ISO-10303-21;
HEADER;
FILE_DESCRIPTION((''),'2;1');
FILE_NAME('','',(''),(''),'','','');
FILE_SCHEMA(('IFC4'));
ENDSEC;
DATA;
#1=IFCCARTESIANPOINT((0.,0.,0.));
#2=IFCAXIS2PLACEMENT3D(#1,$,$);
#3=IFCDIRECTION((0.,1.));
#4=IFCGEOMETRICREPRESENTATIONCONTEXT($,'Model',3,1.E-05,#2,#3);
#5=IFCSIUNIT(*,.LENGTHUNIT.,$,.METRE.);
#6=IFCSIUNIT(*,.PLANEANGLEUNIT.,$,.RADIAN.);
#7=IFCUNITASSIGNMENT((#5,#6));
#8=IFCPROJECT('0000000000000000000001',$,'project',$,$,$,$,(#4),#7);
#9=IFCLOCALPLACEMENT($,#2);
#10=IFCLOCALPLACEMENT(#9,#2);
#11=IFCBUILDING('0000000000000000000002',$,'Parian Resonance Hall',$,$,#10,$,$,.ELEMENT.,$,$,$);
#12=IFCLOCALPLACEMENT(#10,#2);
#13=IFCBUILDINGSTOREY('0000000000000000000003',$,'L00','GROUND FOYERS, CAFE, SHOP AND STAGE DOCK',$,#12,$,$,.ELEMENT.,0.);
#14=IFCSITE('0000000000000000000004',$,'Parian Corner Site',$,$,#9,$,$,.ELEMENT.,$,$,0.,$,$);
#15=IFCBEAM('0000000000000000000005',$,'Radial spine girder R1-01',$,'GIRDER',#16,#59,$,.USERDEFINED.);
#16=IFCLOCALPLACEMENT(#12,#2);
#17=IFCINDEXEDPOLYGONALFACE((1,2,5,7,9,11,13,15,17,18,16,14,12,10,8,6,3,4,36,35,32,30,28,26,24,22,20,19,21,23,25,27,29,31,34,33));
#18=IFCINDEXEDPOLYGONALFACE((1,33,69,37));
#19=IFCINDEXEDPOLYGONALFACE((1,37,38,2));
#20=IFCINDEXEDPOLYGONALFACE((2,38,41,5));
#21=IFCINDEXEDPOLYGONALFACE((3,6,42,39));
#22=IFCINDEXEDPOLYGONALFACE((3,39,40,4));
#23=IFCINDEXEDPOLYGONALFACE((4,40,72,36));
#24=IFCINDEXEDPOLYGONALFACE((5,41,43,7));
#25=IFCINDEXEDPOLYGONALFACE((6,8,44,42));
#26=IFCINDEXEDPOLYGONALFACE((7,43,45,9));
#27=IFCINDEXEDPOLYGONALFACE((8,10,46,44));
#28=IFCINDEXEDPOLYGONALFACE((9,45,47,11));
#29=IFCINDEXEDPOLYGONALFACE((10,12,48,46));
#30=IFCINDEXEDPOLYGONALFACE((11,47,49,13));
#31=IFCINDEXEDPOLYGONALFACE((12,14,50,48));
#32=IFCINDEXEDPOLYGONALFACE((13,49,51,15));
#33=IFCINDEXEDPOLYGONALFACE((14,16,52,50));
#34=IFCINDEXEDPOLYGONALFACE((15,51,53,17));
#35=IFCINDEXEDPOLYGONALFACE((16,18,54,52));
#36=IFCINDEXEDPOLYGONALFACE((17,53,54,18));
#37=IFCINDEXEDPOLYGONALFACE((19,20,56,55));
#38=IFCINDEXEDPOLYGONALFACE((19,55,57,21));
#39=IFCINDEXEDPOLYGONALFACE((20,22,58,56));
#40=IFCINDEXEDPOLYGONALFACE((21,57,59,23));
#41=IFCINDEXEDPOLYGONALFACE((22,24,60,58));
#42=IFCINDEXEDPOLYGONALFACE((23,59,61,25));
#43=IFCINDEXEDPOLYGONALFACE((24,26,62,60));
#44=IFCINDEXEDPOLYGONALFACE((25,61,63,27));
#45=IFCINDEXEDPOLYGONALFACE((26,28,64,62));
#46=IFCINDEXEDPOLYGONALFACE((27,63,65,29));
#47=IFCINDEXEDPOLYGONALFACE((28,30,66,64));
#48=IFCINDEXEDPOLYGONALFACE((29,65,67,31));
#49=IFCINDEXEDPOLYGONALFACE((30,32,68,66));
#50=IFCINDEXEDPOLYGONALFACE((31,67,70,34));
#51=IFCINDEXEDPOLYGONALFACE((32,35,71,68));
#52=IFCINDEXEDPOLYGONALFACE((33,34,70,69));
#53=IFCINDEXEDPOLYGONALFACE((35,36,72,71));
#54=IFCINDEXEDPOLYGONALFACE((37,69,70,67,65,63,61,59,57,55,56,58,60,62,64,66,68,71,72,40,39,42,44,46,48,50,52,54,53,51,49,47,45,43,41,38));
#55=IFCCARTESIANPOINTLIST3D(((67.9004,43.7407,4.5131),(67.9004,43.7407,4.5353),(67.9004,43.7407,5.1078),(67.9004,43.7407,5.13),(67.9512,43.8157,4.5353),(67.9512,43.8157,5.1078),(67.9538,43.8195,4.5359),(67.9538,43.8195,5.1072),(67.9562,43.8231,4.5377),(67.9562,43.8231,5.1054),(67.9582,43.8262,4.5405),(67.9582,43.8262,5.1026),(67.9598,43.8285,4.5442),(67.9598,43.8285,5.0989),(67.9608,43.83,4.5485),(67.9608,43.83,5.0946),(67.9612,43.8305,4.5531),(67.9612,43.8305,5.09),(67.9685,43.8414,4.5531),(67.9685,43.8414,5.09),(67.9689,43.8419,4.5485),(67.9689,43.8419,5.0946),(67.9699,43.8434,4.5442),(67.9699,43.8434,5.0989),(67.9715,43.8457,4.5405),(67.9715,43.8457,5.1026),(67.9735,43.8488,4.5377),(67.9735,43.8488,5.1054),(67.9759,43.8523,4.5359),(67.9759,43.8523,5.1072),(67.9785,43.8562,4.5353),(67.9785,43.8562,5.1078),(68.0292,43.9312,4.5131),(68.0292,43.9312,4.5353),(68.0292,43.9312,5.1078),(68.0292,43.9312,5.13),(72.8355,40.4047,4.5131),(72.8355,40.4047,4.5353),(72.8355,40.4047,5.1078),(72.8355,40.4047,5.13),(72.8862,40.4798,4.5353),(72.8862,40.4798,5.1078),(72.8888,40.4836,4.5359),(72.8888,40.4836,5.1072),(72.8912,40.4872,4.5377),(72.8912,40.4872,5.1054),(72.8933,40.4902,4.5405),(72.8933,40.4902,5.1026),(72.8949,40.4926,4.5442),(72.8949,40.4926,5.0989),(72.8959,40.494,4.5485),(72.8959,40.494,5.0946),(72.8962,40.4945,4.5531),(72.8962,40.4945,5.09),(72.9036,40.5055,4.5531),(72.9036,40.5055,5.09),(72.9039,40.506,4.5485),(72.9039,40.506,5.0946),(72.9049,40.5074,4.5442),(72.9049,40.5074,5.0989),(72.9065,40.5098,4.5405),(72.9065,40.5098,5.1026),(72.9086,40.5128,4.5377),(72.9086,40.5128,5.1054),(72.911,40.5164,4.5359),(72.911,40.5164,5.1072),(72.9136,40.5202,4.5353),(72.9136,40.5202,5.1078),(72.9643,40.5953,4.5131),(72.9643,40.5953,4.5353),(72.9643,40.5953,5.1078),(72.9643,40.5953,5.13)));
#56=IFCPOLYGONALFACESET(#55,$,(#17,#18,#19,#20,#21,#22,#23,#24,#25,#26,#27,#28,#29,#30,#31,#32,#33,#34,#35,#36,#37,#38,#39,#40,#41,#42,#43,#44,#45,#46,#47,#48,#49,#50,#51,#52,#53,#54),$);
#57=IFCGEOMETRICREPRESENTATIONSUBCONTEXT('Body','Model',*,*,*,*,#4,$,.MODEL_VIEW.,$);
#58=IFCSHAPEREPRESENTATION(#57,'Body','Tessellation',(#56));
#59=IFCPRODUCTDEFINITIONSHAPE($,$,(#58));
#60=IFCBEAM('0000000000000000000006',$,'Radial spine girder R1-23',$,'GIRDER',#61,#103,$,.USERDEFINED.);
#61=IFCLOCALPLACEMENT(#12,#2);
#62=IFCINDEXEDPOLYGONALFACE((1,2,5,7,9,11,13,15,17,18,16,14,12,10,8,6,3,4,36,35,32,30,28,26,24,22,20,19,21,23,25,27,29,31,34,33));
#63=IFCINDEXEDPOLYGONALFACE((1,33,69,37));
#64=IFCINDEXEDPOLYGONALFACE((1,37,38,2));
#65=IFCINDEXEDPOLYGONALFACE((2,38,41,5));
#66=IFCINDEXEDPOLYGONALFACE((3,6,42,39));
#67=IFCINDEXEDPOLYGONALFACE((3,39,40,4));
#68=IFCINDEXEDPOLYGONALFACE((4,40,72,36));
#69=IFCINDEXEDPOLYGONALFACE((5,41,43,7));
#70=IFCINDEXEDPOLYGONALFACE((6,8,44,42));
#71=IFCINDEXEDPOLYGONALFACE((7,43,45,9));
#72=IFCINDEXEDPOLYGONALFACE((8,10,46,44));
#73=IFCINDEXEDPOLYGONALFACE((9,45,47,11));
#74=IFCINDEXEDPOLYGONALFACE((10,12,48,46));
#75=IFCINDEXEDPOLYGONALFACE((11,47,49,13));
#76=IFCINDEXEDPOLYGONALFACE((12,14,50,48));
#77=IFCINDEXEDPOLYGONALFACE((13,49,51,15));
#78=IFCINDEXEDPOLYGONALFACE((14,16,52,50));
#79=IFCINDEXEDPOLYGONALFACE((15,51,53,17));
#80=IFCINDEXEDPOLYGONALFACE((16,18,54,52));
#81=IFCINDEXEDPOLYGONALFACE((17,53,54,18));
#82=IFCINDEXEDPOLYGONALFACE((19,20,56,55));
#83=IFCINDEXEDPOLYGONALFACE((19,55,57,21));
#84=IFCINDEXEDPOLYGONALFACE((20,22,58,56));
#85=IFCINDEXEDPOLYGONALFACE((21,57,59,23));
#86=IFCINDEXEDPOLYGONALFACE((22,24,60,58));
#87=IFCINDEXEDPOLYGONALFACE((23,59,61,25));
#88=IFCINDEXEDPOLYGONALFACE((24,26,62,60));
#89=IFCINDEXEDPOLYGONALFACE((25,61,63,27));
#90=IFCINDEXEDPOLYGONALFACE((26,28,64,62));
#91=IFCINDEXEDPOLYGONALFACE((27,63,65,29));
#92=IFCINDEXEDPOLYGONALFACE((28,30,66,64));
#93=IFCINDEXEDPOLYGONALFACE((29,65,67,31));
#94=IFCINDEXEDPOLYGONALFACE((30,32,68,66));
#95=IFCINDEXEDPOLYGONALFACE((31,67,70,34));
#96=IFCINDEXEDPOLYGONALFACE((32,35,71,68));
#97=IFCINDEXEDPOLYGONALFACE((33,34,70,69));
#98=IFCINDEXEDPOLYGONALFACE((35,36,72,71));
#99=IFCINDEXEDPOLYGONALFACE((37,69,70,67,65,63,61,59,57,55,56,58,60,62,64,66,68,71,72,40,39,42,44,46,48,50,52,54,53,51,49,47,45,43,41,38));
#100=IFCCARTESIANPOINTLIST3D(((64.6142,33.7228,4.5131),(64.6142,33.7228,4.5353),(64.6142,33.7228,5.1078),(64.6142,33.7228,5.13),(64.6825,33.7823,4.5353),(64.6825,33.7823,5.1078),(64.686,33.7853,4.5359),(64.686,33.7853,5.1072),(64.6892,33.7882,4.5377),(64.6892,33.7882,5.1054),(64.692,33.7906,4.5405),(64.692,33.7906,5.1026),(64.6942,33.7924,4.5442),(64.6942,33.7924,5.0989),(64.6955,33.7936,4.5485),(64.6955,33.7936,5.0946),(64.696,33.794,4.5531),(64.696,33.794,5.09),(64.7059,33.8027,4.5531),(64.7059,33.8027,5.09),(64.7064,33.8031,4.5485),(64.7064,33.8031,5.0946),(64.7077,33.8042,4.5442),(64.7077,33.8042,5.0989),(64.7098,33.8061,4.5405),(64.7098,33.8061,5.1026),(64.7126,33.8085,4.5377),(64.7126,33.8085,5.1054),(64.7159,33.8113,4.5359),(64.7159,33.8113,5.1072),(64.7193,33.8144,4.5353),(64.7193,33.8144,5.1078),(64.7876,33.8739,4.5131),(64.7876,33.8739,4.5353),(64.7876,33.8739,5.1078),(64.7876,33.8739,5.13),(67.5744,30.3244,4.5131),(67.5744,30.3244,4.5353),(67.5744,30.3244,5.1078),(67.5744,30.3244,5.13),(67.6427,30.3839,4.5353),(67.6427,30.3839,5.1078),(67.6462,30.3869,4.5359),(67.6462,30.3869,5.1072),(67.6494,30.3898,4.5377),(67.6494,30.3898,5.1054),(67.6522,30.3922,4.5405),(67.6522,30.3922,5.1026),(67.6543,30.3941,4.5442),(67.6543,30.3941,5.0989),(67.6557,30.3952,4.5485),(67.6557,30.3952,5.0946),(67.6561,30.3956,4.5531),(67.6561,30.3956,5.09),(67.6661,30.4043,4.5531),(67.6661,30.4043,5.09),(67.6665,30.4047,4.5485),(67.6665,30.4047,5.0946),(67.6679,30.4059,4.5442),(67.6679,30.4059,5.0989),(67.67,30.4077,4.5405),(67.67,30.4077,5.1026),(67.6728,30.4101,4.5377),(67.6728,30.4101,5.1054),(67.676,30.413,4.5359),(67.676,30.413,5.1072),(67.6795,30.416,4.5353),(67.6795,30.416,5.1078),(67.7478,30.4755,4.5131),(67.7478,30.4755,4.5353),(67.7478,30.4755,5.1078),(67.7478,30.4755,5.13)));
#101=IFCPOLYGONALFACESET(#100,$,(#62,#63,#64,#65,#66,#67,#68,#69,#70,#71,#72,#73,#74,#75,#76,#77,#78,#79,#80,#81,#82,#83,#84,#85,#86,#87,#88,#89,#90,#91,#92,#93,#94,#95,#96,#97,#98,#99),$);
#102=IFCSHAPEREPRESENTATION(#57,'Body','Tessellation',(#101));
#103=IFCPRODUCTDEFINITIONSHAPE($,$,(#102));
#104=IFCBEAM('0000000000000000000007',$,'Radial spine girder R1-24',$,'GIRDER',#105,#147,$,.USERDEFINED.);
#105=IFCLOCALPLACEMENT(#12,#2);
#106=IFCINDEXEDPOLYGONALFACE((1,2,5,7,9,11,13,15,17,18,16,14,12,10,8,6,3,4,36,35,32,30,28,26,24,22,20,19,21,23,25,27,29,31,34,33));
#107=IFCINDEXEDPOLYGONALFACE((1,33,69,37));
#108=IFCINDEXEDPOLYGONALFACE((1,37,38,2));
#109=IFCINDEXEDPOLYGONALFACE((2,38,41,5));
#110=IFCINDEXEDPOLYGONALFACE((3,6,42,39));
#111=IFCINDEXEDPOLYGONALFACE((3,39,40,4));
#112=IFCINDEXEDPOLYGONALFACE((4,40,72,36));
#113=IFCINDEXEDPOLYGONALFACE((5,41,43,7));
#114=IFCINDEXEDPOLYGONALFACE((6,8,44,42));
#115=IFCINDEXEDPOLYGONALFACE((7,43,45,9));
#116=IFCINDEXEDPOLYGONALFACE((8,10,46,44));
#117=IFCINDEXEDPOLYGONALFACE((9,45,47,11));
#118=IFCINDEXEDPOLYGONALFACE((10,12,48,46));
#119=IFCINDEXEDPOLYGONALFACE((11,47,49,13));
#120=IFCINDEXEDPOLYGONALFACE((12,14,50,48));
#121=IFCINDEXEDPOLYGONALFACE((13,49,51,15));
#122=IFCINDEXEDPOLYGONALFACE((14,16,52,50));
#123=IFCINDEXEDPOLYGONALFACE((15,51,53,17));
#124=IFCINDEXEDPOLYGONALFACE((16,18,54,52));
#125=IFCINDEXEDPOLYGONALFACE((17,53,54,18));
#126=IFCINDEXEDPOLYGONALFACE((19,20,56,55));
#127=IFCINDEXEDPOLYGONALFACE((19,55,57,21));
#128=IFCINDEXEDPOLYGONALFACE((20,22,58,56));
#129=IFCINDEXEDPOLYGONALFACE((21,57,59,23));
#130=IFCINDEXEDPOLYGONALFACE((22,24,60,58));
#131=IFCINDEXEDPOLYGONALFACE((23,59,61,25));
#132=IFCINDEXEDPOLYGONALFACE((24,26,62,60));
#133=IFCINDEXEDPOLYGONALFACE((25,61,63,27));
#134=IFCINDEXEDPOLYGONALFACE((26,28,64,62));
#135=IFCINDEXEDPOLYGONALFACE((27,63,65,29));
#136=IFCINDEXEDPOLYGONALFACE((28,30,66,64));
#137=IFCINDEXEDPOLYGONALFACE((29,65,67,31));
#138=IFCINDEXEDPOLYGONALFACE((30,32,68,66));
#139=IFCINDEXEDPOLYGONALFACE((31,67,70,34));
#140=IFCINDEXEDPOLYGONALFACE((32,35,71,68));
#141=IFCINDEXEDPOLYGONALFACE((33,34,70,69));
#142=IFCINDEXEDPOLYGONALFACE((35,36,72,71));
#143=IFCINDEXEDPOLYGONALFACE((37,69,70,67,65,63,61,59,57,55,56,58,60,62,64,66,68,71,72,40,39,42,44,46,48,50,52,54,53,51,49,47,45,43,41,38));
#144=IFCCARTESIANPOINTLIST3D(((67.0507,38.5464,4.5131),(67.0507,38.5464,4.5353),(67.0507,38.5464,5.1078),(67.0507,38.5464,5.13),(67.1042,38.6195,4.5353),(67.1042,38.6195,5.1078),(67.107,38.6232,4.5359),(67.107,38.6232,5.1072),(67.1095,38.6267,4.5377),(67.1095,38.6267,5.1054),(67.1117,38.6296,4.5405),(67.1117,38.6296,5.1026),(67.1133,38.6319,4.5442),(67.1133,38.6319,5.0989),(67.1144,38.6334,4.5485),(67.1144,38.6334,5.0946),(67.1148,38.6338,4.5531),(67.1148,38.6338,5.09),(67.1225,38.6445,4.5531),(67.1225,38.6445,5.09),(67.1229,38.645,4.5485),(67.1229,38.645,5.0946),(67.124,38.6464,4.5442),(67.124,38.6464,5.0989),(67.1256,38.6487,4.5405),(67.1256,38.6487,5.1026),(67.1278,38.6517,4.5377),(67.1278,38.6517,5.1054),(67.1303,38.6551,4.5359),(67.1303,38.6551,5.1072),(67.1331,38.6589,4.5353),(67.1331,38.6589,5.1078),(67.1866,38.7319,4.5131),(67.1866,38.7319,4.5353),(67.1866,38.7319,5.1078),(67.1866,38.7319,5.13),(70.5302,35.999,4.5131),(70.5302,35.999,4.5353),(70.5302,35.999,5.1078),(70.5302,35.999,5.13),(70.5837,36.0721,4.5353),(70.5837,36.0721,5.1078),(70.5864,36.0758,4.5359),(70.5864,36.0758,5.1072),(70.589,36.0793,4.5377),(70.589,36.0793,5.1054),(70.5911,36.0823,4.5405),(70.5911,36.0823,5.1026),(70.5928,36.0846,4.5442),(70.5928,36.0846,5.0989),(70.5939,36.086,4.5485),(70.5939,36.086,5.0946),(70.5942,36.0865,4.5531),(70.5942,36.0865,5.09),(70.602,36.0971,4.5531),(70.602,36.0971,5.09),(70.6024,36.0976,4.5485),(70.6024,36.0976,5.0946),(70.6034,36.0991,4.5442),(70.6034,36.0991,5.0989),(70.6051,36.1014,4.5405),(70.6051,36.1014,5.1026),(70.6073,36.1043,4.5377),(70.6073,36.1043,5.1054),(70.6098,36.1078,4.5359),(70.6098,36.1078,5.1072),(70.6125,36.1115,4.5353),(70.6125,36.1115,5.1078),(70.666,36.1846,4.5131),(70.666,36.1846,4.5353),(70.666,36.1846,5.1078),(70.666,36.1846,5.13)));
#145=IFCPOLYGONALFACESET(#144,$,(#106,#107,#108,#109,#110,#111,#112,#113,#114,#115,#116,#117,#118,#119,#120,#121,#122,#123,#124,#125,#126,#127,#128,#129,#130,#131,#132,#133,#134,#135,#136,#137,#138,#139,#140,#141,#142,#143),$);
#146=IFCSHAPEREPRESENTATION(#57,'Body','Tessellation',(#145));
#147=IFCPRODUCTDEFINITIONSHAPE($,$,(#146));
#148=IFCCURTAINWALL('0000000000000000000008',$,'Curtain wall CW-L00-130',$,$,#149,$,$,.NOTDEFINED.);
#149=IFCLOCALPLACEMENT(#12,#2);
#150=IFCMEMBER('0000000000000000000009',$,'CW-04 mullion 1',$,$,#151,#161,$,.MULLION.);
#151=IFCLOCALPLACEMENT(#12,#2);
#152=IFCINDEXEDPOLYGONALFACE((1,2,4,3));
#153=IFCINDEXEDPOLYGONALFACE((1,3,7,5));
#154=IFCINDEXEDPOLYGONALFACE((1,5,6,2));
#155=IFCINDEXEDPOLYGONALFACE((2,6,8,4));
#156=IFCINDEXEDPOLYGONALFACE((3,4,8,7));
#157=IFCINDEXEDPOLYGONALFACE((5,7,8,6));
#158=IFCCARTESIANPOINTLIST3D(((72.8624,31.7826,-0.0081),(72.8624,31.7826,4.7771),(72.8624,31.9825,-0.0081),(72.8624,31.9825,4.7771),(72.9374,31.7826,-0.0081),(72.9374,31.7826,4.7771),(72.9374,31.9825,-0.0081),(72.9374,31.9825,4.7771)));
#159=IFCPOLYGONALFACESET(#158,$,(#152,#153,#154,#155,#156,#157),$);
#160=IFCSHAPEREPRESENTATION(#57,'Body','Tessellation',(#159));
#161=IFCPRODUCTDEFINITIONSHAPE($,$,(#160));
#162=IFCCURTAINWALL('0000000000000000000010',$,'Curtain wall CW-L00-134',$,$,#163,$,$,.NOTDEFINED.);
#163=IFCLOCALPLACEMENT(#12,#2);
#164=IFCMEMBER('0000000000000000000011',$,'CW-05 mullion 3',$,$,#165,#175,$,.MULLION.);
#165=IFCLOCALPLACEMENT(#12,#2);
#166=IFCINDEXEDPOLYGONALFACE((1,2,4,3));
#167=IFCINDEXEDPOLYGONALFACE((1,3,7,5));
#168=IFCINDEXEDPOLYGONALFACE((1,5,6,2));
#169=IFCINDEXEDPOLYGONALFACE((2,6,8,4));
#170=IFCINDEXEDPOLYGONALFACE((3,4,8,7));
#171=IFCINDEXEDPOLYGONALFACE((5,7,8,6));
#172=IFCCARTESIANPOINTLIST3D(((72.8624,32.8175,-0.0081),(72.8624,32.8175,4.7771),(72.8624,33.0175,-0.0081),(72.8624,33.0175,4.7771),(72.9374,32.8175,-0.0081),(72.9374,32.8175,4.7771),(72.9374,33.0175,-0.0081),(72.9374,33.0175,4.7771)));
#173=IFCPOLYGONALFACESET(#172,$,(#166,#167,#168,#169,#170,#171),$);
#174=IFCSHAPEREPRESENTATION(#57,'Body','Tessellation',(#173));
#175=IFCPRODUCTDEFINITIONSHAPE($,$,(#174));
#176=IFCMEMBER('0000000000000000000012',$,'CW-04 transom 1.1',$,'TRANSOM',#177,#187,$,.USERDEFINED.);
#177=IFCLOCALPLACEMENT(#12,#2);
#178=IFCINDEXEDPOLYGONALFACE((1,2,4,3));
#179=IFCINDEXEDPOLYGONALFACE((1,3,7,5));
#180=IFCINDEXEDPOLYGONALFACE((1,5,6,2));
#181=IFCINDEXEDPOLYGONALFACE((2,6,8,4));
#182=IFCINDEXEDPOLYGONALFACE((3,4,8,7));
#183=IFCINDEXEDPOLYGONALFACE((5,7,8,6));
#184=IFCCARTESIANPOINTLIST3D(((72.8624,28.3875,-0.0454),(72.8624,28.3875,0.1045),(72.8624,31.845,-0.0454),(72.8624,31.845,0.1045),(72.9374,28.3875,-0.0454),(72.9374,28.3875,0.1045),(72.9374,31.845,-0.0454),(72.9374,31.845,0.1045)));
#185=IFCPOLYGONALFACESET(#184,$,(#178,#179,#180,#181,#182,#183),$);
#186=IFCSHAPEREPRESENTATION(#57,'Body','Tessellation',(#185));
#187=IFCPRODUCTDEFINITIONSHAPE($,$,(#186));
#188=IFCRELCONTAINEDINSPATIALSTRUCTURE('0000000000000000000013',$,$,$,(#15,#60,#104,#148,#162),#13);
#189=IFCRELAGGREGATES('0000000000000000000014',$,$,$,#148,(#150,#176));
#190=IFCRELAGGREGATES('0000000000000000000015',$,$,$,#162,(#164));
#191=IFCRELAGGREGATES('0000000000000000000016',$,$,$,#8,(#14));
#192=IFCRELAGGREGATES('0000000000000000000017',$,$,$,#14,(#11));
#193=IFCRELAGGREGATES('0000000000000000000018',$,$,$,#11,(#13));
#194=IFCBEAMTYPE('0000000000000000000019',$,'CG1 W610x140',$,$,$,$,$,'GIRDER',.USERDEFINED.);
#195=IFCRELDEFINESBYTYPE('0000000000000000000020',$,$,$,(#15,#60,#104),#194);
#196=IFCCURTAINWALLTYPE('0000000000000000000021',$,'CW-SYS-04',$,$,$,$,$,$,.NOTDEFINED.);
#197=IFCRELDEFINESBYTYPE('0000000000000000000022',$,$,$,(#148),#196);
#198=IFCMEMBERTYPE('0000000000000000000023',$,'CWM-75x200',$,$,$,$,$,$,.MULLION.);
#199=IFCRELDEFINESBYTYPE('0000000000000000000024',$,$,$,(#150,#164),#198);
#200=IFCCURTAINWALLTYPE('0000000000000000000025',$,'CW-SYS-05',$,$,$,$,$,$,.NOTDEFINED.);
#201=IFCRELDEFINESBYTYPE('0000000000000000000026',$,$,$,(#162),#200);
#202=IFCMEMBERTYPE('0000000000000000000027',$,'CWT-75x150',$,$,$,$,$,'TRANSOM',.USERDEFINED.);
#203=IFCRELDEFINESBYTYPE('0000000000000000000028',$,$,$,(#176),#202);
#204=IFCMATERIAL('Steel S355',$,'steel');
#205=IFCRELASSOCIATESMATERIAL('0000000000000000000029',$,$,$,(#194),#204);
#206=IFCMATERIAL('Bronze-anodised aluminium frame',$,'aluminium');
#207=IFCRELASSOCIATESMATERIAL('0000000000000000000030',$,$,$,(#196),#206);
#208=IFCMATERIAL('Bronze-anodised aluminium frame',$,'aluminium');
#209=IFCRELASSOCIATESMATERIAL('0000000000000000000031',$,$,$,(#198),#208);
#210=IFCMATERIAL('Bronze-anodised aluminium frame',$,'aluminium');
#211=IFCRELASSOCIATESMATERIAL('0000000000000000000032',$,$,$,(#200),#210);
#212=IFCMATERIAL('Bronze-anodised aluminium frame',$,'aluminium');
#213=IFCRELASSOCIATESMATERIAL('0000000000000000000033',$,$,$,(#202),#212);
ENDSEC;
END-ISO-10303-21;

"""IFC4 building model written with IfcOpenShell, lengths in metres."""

from ifc_helpers import new_model, si_unit, direction, frame, origin, origin_2d, place, context, subcontext, project, spatial, rectangle, i_section, extrude, material, material_profile, profile_set, type_object, element, aggregate, save


model = new_model("IFC4")

# Units and contexts
model_context = context("Model", 3, precision=1e-05, world=origin(), true_north=direction((0.0, 1.0)))
body_context = subcontext(model_context, "Body", "Model", "MODEL_VIEW")
ifc_project = project(units=[si_unit("LENGTHUNIT", "METRE"), si_unit("PLANEANGLEUNIT", "RADIAN")], contexts=[model_context])

# Site, building, storey
site_placement = place(None, origin())
site = spatial("IfcSite", under=ifc_project, at=site_placement, Name="Parian Corner Site", CompositionType="ELEMENT", RefElevation=0.0)
building_placement = place(site_placement, origin())
building = spatial("IfcBuilding", under=site, at=building_placement, Name="Parian Resonance Hall", CompositionType="ELEMENT")
storey_placement = place(building_placement, origin())
storey = spatial("IfcBuildingStorey", under=building, at=storey_placement, Name="L00", Description="GROUND FOYERS, CAFE, SHOP AND STAGE DOCK", CompositionType="ELEMENT", Elevation=0.0)

# Beams
ifc_material_1 = material(Name="Steel S355", Category="steel")
ifc_material_profile_1 = material_profile(ifc_material_1, i_section(OverallWidth=0.23, OverallDepth=0.6169, WebThickness=0.0132, FlangeThickness=0.0222, FilletRadius=0.0178, at=origin_2d()), Name="W610x140")
ifc_profile_set_1 = profile_set([ifc_material_profile_1], Name="Steel S355")
beam_type_1 = type_object("IfcBeamType", Name="CG1 W610x140", ElementType="GIRDER", PredefinedType="USERDEFINED", material=ifc_profile_set_1)
beam_1_placement = place(storey_placement, frame((67.9648, 43.8359, 4.8215), z_axis=(0.828477, -0.560023, 0.0), x_axis=(0.560023, 0.828477, 0.0)))
element("IfcBeam", 1, at=beam_1_placement, inside=storey, type_object=beam_type_1, Name="Radial spine girder R1-01", ObjectType="GIRDER", PredefinedType="USERDEFINED", context=body_context, shape_type="SweptSolid", body=[
    extrude(i_section(OverallWidth=0.23, OverallDepth=0.6169, WebThickness=0.0132, FlangeThickness=0.0222, FilletRadius=0.0178, at=origin_2d()), origin(), (0.0, 0.0, 1.0), 5.9568),
])
beam_2_placement = place(storey_placement, frame((64.7009, 33.7983, 4.8215), z_axis=(0.656816, -0.754051, 0.0), x_axis=(0.754051, 0.656816, 0.0)))
element("IfcBeam", 2, at=beam_2_placement, inside=storey, type_object=beam_type_1, Name="Radial spine girder R1-23", ObjectType="GIRDER", PredefinedType="USERDEFINED", context=body_context, shape_type="SweptSolid", body=[
    extrude(i_section(OverallWidth=0.23, OverallDepth=0.6169, WebThickness=0.0132, FlangeThickness=0.0222, FilletRadius=0.0178, at=origin_2d()), origin(), (0.0, 0.0, 1.0), 4.5068),
])
beam_3_placement = place(storey_placement, frame((67.1187, 38.6392, 4.8215), z_axis=(0.806876, -0.59072, 0.0), x_axis=(0.59072, 0.806876, 0.0)))
element("IfcBeam", 3, at=beam_3_placement, inside=storey, type_object=beam_type_1, Name="Radial spine girder R1-24", ObjectType="GIRDER", PredefinedType="USERDEFINED", context=body_context, shape_type="SweptSolid", body=[
    extrude(i_section(OverallWidth=0.23, OverallDepth=0.6169, WebThickness=0.0132, FlangeThickness=0.0222, FilletRadius=0.0178, at=origin_2d()), origin(), (0.0, 0.0, 1.0), 4.3123),
])

# Curtain walls, members
ifc_material_2 = material(Name="Bronze-anodised aluminium frame", Category="aluminium")
curtain_wall_type_1 = type_object("IfcCurtainWallType", Name="CW-SYS-04", PredefinedType="NOTDEFINED", material=ifc_material_2)
curtain_wall_1_placement = place(storey_placement, origin())
curtain_wall_1 = element("IfcCurtainWall", 4, at=curtain_wall_1_placement, inside=storey, type_object=curtain_wall_type_1, Name="Curtain wall CW-L00-130", PredefinedType="NOTDEFINED")
ifc_material_3 = material(Name="Bronze-anodised aluminium frame", Category="aluminium")
ifc_material_profile_2 = material_profile(ifc_material_3, rectangle(XDim=0.075, YDim=0.2, at=origin_2d()), Name="CWM-75x200")
ifc_profile_set_2 = profile_set([ifc_material_profile_2], Name="Bronze-anodised aluminium frame")
member_type_1 = type_object("IfcMemberType", Name="CWM-75x200", PredefinedType="MULLION", material=ifc_profile_set_2)
member_1_placement = place(storey_placement, frame((72.8999, 31.8826, -0.0081), z_axis=(0.0, 0.0, 1.0), x_axis=(1.0, 0.0, 0.0)))
member_1 = element("IfcMember", 5, at=member_1_placement, type_object=member_type_1, Name="CW-04 mullion 1", PredefinedType="MULLION", context=body_context, shape_type="SweptSolid", body=[
    extrude(rectangle(XDim=0.075, YDim=0.2, at=origin_2d()), origin(), (0.0, 0.0, 1.0), 4.7852),
])
ifc_material_4 = material(Name="Bronze-anodised aluminium frame", Category="aluminium")
curtain_wall_type_2 = type_object("IfcCurtainWallType", Name="CW-SYS-05", PredefinedType="NOTDEFINED", material=ifc_material_4)
curtain_wall_2_placement = place(storey_placement, origin())
curtain_wall_2 = element("IfcCurtainWall", 6, at=curtain_wall_2_placement, inside=storey, type_object=curtain_wall_type_2, Name="Curtain wall CW-L00-134", PredefinedType="NOTDEFINED")
member_2_placement = place(storey_placement, frame((72.8999, 32.9175, -0.0081), z_axis=(0.0, 0.0, 1.0), x_axis=(1.0, 0.0, 0.0)))
member_2 = element("IfcMember", 7, at=member_2_placement, type_object=member_type_1, Name="CW-05 mullion 3", PredefinedType="MULLION", context=body_context, shape_type="SweptSolid", body=[
    extrude(rectangle(XDim=0.075, YDim=0.2, at=origin_2d()), origin(), (0.0, 0.0, 1.0), 4.7852),
])

# Member
ifc_material_5 = material(Name="Bronze-anodised aluminium frame", Category="aluminium")
ifc_material_profile_3 = material_profile(ifc_material_5, rectangle(XDim=0.075, YDim=0.1499, at=origin_2d()), Name="CWT-75x150")
ifc_profile_set_3 = profile_set([ifc_material_profile_3], Name="Bronze-anodised aluminium frame")
member_type_2 = type_object("IfcMemberType", Name="CWT-75x150", ElementType="TRANSOM", PredefinedType="USERDEFINED", material=ifc_profile_set_3)
member_3_placement = place(storey_placement, frame((72.8999, 31.845, 0.0295), z_axis=(0.0, -1.0, 0.0), x_axis=(1.0, 0.0, 0.0)))
member_3 = element("IfcMember", 8, at=member_3_placement, type_object=member_type_2, Name="CW-04 transom 1.1", ObjectType="TRANSOM", PredefinedType="USERDEFINED", context=body_context, shape_type="SweptSolid", body=[
    extrude(rectangle(XDim=0.075, YDim=0.1499, at=origin_2d()), origin(), (0.0, 0.0, 1.0), 3.4575),
])
aggregate(curtain_wall_1, [member_1, member_3])

aggregate(curtain_wall_2, [member_2])

save(model, "model.ifc")
